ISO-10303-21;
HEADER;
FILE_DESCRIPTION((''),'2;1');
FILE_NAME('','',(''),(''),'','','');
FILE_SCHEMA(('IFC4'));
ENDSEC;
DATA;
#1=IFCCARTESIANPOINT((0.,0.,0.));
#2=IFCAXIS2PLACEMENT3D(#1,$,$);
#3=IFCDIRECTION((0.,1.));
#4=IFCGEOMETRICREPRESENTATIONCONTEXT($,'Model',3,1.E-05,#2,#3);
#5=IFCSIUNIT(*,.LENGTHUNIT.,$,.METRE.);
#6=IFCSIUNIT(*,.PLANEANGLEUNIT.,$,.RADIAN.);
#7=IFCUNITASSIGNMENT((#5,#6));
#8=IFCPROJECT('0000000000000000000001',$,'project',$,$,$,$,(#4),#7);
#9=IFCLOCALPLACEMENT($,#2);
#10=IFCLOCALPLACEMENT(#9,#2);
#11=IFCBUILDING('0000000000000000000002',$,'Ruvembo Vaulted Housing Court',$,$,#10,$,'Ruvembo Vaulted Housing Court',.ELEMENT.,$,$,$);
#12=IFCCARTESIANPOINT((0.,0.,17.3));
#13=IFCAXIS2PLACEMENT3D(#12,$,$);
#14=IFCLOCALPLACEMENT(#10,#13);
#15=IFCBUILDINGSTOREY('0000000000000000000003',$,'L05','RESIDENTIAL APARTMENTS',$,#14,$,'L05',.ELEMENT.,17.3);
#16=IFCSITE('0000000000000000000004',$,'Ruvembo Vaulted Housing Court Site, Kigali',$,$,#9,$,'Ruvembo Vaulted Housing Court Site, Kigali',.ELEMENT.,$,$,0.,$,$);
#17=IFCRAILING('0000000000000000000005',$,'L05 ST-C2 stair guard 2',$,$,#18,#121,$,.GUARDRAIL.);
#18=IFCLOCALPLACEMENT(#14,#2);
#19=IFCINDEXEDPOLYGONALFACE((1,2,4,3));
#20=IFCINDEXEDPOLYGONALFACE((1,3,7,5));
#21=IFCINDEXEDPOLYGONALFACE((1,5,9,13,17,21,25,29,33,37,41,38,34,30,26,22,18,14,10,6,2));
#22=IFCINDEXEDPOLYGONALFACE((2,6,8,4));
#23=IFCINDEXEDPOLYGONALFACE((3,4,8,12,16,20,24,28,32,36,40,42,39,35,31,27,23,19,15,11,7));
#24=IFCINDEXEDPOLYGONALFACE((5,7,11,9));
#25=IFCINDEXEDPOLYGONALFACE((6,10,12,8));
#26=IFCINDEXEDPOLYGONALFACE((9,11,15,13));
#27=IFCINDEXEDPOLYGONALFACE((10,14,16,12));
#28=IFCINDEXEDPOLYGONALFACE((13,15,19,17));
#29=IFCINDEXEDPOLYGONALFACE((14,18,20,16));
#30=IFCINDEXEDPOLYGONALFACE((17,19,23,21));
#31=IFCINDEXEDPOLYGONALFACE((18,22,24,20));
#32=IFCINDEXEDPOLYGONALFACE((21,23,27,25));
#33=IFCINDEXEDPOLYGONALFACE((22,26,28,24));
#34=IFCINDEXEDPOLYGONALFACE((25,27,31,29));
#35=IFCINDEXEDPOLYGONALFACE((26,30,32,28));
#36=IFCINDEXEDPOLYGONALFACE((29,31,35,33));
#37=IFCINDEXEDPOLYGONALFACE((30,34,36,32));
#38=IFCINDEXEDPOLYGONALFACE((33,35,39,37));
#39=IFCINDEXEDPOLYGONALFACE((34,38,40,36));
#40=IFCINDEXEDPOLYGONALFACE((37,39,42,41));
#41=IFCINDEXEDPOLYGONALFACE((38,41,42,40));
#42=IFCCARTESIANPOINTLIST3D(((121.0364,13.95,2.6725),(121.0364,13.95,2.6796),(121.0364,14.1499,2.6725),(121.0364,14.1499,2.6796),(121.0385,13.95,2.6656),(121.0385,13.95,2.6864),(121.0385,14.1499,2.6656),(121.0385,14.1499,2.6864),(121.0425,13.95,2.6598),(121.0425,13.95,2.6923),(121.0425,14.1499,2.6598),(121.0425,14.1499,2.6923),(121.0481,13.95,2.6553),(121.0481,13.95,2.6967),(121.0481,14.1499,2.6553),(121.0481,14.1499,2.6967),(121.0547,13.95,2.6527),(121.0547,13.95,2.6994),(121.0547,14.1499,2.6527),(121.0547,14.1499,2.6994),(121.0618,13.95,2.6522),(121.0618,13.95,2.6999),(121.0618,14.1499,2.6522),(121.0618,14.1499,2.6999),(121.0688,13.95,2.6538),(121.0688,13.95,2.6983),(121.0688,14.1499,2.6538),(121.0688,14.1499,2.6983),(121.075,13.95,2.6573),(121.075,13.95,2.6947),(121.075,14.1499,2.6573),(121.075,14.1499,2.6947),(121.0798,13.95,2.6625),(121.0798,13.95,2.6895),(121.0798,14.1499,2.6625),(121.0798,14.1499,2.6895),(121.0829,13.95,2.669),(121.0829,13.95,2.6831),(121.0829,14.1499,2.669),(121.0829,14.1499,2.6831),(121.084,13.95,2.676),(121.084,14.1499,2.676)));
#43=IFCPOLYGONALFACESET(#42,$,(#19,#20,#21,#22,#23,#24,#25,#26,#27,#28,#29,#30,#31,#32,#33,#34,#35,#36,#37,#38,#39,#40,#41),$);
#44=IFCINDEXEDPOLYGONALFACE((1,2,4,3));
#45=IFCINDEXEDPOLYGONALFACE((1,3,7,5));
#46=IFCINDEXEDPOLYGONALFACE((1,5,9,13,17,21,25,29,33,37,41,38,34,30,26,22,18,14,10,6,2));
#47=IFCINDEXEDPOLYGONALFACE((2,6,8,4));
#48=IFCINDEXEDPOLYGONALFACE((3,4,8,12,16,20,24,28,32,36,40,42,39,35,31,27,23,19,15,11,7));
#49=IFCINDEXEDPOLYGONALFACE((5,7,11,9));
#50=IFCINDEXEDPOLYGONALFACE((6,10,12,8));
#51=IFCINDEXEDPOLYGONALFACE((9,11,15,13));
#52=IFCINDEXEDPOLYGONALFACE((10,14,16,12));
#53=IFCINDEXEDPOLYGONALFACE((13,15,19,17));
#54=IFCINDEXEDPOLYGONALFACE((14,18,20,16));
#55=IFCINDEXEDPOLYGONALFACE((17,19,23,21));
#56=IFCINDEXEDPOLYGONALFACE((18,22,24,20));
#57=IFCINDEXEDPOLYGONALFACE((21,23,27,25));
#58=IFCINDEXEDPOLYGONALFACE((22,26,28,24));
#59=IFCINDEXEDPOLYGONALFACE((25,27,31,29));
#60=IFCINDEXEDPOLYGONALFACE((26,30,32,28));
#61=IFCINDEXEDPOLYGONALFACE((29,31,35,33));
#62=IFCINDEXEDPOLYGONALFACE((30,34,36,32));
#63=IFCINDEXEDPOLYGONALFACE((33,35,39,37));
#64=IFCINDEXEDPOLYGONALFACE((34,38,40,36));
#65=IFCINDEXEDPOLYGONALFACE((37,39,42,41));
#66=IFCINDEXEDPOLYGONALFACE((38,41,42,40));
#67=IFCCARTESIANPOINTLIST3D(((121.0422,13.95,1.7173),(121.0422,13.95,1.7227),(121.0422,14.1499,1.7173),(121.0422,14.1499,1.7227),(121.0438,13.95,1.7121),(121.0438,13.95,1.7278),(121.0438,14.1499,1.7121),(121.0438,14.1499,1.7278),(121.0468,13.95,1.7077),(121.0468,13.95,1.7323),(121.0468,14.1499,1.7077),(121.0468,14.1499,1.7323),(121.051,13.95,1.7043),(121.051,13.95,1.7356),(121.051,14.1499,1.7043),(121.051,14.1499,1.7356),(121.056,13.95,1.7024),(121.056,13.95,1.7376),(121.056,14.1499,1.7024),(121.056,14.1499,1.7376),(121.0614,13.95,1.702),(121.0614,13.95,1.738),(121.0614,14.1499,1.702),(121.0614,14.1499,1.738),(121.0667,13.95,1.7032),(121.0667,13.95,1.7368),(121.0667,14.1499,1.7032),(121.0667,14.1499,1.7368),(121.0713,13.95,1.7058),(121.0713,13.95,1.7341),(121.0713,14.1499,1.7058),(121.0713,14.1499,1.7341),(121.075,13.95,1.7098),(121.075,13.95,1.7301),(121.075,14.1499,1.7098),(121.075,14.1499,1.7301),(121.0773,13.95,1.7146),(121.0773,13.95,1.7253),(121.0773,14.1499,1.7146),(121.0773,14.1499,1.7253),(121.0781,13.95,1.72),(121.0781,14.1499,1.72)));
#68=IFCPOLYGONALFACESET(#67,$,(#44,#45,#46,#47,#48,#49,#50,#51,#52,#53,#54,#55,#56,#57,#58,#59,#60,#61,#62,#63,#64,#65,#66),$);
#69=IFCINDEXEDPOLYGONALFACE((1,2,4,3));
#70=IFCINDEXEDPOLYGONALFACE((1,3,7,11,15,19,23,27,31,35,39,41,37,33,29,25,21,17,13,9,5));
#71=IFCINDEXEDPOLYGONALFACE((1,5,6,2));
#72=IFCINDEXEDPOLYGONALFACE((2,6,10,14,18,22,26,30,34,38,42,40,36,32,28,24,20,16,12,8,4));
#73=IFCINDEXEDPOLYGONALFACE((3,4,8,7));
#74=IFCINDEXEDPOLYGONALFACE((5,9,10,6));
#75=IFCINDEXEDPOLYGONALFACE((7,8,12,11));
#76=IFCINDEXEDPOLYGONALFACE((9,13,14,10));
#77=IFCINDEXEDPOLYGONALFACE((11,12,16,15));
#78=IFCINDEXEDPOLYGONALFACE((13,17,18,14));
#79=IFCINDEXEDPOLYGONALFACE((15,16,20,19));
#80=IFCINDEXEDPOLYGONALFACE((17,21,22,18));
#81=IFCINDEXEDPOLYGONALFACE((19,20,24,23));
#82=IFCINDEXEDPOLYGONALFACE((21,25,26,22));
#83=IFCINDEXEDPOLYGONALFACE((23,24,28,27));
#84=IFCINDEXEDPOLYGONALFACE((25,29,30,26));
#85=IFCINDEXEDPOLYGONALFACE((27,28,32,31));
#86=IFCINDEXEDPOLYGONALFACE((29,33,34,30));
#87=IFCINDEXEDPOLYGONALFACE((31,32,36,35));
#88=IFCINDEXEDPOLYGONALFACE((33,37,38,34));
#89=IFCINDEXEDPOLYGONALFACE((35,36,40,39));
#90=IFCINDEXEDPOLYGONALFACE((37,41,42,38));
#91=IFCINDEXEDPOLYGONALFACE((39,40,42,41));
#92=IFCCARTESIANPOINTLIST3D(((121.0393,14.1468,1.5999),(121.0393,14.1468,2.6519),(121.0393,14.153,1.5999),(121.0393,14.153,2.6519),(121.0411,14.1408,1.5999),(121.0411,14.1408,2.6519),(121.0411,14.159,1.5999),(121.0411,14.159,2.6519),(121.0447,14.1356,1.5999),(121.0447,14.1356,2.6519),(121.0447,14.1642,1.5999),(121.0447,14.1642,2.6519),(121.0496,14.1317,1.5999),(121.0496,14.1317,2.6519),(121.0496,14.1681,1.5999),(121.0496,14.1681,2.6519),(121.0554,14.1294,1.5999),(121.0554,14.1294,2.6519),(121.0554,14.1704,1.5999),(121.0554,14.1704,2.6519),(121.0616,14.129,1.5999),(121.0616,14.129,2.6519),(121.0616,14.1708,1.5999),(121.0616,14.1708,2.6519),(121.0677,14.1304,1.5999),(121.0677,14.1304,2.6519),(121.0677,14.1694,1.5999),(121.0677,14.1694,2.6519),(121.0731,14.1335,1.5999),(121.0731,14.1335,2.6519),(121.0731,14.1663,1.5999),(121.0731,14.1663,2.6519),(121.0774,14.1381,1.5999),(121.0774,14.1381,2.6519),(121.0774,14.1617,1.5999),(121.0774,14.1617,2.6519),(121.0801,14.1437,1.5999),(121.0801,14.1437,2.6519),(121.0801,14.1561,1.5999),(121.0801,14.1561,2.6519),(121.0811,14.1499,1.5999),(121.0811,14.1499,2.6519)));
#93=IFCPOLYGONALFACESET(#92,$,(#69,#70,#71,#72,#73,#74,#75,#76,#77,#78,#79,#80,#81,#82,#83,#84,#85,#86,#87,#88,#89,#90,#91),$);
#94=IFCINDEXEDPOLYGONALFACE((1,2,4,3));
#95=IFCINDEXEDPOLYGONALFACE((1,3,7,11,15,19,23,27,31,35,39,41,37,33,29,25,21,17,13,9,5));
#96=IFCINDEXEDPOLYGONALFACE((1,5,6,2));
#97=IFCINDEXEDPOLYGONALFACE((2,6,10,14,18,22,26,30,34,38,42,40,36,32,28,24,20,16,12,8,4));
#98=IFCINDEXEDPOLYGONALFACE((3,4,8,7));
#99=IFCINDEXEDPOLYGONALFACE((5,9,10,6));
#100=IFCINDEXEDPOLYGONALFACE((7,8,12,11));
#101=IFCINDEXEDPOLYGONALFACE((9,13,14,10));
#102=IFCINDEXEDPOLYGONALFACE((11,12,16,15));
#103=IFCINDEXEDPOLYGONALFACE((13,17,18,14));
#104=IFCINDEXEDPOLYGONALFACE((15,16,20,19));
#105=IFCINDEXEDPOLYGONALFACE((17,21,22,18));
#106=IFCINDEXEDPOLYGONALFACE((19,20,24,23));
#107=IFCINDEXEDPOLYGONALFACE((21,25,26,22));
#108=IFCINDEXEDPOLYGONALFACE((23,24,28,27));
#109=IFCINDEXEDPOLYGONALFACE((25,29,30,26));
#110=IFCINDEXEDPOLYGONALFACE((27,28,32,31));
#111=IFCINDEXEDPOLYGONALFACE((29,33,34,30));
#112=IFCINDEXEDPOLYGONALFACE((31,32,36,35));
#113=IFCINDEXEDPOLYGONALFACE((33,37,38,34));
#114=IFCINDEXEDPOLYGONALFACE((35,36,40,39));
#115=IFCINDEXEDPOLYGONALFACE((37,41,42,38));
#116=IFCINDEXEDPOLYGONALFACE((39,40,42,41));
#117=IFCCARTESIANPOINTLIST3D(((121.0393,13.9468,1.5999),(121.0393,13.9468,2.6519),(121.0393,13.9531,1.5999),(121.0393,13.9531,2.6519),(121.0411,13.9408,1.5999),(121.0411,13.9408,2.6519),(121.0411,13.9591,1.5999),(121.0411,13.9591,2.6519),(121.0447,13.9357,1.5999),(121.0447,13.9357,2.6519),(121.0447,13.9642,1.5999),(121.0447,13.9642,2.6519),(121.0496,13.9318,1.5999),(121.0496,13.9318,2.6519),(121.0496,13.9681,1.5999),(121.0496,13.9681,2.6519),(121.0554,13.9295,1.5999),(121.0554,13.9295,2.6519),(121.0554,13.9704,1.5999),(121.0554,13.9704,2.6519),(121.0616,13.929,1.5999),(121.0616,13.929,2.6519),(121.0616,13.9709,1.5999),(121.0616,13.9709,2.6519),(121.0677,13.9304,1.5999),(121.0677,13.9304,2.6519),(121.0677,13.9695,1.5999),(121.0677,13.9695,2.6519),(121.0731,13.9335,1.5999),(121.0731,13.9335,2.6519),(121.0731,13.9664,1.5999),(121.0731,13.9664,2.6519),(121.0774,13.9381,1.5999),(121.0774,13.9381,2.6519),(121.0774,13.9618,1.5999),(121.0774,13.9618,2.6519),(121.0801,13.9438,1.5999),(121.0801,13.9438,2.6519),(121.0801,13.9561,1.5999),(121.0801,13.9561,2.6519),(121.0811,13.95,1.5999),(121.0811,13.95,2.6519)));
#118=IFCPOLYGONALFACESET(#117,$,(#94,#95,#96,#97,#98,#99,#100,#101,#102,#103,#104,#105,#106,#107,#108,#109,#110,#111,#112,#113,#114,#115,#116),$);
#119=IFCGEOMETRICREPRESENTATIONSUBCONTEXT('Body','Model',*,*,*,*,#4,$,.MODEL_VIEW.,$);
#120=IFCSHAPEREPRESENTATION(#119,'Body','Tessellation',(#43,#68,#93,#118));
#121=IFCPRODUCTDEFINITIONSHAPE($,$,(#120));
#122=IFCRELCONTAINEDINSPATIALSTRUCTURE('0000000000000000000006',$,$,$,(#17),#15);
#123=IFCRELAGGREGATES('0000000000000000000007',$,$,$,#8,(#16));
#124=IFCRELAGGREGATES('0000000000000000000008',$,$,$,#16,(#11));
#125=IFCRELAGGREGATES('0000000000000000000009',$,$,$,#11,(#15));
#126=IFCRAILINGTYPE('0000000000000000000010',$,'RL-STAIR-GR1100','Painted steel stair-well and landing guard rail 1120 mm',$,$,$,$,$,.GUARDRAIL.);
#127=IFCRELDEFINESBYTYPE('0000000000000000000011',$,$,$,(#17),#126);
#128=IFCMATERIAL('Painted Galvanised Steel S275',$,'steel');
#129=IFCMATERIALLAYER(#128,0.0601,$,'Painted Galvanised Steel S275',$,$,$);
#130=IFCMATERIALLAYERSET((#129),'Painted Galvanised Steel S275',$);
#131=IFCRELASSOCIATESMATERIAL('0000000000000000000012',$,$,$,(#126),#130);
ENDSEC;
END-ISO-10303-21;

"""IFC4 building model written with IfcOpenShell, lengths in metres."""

from ifc_helpers import new_model, si_unit, direction, frame, origin, origin_2d, place, context, subcontext, project, spatial, circle, extrude, material, layer, layer_set, type_object, element, save


model = new_model("IFC4")

# Units and contexts
model_context = context("Model", 3, precision=1e-05, world=origin(), true_north=direction((0.0, 1.0)))
body_context = subcontext(model_context, "Body", "Model", "MODEL_VIEW")
ifc_project = project(units=[si_unit("LENGTHUNIT", "METRE"), si_unit("PLANEANGLEUNIT", "RADIAN")], contexts=[model_context])

# Site, building, storey
site_placement = place(None, origin())
site = spatial("IfcSite", under=ifc_project, at=site_placement, Name="Ruvembo Vaulted Housing Court Site, Kigali", LongName="Ruvembo Vaulted Housing Court Site, Kigali", CompositionType="ELEMENT", RefElevation=0.0)
building_placement = place(site_placement, origin())
building = spatial("IfcBuilding", under=site, at=building_placement, Name="Ruvembo Vaulted Housing Court", LongName="Ruvembo Vaulted Housing Court", CompositionType="ELEMENT")
storey_placement = place(building_placement, frame((0.0, 0.0, 17.3)))
storey = spatial("IfcBuildingStorey", under=building, at=storey_placement, Name="L05", Description="RESIDENTIAL APARTMENTS", LongName="L05", CompositionType="ELEMENT", Elevation=17.3)

# Railing
ifc_material_1 = material(Name="Painted Galvanised Steel S275", Category="steel")
ifc_layer_1 = layer(ifc_material_1, 0.0601, Name="Painted Galvanised Steel S275")
ifc_layer_set_1 = layer_set([ifc_layer_1], Name="Painted Galvanised Steel S275")
railing_type_1 = type_object("IfcRailingType", Name="RL-STAIR-GR1100", Description="Painted steel stair-well and landing guard rail 1120 mm", PredefinedType="GUARDRAIL", material=ifc_layer_set_1)
railing_1_placement = place(storey_placement, frame((121.0601, 14.1499, 1.5999)))
element("IfcRailing", 1, at=railing_1_placement, inside=storey, type_object=railing_type_1, Name="L05 ST-C2 stair guard 2", PredefinedType="GUARDRAIL", context=body_context, shape_type="SweptSolid", body=[
    extrude(circle(Radius=0.0239, at=origin_2d()), frame((0.0, 0.0, 1.0762), z_axis=(0.0, -1.0, 0.0), x_axis=(1.0, 0.0, 0.0)), (0.0, 0.0, 1.0), 0.2),
    extrude(circle(Radius=0.0181, at=origin_2d()), frame((0.0, 0.0, 0.1201), z_axis=(0.0, -1.0, 0.0), x_axis=(1.0, 0.0, 0.0)), (0.0, 0.0, 1.0), 0.2),
    extrude(circle(Radius=0.021, at=origin_2d()), origin(), (0.0, 0.0, 1.0), 1.052),
    extrude(circle(Radius=0.021, at=origin_2d()), frame((0.0, -0.2, 0.0)), (0.0, 0.0, 1.0), 1.052),
])

save(model, "model.ifc")
